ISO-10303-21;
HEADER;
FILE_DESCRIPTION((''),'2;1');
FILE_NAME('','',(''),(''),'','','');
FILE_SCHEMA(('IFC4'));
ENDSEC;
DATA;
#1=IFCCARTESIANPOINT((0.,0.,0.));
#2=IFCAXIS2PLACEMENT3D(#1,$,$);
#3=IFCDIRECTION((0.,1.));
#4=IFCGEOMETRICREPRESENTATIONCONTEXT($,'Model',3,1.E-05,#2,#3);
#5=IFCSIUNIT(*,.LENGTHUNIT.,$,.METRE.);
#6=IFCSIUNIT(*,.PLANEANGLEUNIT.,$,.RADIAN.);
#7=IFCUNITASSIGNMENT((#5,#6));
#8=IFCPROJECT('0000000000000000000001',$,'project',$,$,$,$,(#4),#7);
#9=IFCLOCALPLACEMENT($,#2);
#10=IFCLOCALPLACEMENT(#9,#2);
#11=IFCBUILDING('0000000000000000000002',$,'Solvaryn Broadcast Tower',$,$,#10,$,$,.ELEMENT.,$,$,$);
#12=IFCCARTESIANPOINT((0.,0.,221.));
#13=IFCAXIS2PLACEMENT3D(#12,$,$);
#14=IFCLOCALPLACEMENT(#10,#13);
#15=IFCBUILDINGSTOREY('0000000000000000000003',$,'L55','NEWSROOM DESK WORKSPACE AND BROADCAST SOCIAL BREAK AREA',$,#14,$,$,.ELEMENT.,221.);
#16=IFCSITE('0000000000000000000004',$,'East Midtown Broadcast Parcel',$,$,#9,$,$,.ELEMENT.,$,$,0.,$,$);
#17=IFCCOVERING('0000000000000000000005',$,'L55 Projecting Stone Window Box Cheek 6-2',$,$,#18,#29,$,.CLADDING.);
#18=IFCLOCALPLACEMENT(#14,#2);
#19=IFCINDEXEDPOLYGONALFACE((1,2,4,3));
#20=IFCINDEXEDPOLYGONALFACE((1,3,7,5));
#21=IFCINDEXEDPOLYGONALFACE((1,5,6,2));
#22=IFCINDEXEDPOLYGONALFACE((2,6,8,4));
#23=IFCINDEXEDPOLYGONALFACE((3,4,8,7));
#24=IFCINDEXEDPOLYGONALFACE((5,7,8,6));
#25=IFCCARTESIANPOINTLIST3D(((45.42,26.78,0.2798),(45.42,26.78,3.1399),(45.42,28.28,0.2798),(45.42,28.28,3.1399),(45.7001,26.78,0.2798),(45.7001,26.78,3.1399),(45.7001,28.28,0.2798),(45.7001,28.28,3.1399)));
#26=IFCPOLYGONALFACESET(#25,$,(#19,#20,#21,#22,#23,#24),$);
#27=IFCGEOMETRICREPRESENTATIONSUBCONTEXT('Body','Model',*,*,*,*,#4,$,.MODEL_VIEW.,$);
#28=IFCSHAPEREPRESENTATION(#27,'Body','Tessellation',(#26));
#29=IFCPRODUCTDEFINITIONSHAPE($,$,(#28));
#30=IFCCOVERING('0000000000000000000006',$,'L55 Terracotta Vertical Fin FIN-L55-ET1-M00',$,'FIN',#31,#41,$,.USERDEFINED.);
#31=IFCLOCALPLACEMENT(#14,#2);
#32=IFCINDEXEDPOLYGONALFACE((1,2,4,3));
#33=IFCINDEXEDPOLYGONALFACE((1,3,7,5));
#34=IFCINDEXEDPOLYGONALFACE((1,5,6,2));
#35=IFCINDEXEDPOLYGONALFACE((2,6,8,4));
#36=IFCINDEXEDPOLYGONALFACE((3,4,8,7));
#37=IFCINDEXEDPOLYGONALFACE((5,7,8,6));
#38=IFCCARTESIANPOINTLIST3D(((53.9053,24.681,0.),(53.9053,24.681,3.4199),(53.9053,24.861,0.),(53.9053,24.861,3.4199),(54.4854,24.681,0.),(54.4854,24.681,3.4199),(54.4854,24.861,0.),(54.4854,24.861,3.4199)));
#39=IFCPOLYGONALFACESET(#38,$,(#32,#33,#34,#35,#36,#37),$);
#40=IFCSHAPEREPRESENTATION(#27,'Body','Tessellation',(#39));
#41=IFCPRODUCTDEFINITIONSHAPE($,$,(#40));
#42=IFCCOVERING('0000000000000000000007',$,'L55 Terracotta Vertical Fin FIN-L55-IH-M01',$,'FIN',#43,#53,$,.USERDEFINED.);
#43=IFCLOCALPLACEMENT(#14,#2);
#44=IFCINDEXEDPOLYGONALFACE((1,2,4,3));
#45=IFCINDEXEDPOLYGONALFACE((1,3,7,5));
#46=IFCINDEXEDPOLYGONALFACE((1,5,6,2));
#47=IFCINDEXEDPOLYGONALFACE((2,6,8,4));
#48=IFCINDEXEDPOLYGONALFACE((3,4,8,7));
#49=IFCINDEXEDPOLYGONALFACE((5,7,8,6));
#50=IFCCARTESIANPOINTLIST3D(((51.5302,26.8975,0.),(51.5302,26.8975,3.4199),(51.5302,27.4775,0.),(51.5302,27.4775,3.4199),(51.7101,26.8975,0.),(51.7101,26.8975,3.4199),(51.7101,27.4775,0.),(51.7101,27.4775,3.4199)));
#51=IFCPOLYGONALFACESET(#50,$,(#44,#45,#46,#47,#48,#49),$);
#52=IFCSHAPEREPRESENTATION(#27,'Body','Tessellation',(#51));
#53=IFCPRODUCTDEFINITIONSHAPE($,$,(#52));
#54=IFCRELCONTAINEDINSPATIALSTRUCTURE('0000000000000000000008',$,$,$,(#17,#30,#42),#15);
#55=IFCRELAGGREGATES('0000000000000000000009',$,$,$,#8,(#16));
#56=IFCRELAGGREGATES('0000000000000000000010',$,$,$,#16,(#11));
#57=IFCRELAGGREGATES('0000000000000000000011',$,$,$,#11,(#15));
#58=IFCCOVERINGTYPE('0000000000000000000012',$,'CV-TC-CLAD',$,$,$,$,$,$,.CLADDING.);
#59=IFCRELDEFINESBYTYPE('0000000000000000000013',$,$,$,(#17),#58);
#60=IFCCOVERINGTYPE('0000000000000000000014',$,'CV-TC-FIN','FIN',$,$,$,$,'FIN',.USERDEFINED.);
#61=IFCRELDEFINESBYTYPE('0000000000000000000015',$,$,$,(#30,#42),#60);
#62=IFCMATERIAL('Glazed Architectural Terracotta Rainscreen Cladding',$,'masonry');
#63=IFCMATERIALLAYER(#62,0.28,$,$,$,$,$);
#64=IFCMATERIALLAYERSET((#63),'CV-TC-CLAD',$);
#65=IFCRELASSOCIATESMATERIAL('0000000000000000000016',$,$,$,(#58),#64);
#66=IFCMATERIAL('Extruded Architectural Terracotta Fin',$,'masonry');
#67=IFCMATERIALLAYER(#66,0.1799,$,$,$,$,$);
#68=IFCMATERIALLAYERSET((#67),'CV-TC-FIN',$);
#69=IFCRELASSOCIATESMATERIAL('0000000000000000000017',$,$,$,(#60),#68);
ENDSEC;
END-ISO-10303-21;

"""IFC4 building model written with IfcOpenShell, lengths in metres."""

from ifc_helpers import new_model, si_unit, direction, frame, origin, origin_2d, place, context, subcontext, project, spatial, rectangle, extrude, material, layer, layer_set, type_object, element, save


model = new_model("IFC4")

# Units and contexts
model_context = context("Model", 3, precision=1e-05, world=origin(), true_north=direction((0.0, 1.0)))
body_context = subcontext(model_context, "Body", "Model", "MODEL_VIEW")
ifc_project = project(units=[si_unit("LENGTHUNIT", "METRE"), si_unit("PLANEANGLEUNIT", "RADIAN")], contexts=[model_context])

# Site, building, storey
site_placement = place(None, origin())
site = spatial("IfcSite", under=ifc_project, at=site_placement, Name="East Midtown Broadcast Parcel", CompositionType="ELEMENT", RefElevation=0.0)
building_placement = place(site_placement, origin())
building = spatial("IfcBuilding", under=site, at=building_placement, Name="Solvaryn Broadcast Tower", CompositionType="ELEMENT")
storey_placement = place(building_placement, frame((0.0, 0.0, 221.0)))
storey = spatial("IfcBuildingStorey", under=building, at=storey_placement, Name="L55", Description="NEWSROOM DESK WORKSPACE AND BROADCAST SOCIAL BREAK AREA", CompositionType="ELEMENT", Elevation=221.0)

# Coverings
ifc_material_1 = material(Name="Glazed Architectural Terracotta Rainscreen Cladding", Category="masonry")
ifc_layer_1 = layer(ifc_material_1, 0.28)
ifc_layer_set_1 = layer_set([ifc_layer_1], Name="CV-TC-CLAD")
covering_type_1 = type_object("IfcCoveringType", Name="CV-TC-CLAD", PredefinedType="CLADDING", material=ifc_layer_set_1)
for number, where, z_axis, x_axis, name in (
    (1, (45.5601, 27.53, 0.2798), (0.0, 0.0, 1.0), (1.0, 0.0, 0.0), "L55 Projecting Stone Window Box Cheek 6-2"),
):
    element("IfcCovering", number, at=place(storey_placement, frame(where, z_axis=z_axis, x_axis=x_axis)), inside=storey, type_object=covering_type_1, Name=name, PredefinedType="CLADDING", context=body_context, shape_type="SweptSolid", body=[
        extrude(rectangle(XDim=0.28, YDim=1.5, at=origin_2d()), origin(), (0.0, 0.0, 1.0), 2.8601),
    ])
ifc_material_2 = material(Name="Extruded Architectural Terracotta Fin", Category="masonry")
ifc_layer_2 = layer(ifc_material_2, 0.1799)
ifc_layer_set_2 = layer_set([ifc_layer_2], Name="CV-TC-FIN")
covering_type_2 = type_object("IfcCoveringType", Name="CV-TC-FIN", Description="FIN", ElementType="FIN", PredefinedType="USERDEFINED", material=ifc_layer_set_2)
covering_1_placement = place(storey_placement, frame((54.1953, 24.771, 0.0), z_axis=(0.0, 0.0, 1.0), x_axis=(1.0, 0.0, 0.0)))
element("IfcCovering", 2, at=covering_1_placement, inside=storey, type_object=covering_type_2, Name="L55 Terracotta Vertical Fin FIN-L55-ET1-M00", ObjectType="FIN", PredefinedType="USERDEFINED", context=body_context, shape_type="SweptSolid", body=[
    extrude(rectangle(XDim=0.5801, YDim=0.1799, at=origin_2d()), origin(), (0.0, 0.0, 1.0), 3.4199),
])
covering_2_placement = place(storey_placement, frame((51.6201, 27.1875, 0.0), z_axis=(0.0, 0.0, 1.0), x_axis=(1.0, 0.0, 0.0)))
element("IfcCovering", 3, at=covering_2_placement, inside=storey, type_object=covering_type_2, Name="L55 Terracotta Vertical Fin FIN-L55-IH-M01", ObjectType="FIN", PredefinedType="USERDEFINED", context=body_context, shape_type="SweptSolid", body=[
    extrude(rectangle(XDim=0.1799, YDim=0.5801, at=origin_2d()), origin(), (0.0, 0.0, 1.0), 3.4199),
])

save(model, "model.ifc")
